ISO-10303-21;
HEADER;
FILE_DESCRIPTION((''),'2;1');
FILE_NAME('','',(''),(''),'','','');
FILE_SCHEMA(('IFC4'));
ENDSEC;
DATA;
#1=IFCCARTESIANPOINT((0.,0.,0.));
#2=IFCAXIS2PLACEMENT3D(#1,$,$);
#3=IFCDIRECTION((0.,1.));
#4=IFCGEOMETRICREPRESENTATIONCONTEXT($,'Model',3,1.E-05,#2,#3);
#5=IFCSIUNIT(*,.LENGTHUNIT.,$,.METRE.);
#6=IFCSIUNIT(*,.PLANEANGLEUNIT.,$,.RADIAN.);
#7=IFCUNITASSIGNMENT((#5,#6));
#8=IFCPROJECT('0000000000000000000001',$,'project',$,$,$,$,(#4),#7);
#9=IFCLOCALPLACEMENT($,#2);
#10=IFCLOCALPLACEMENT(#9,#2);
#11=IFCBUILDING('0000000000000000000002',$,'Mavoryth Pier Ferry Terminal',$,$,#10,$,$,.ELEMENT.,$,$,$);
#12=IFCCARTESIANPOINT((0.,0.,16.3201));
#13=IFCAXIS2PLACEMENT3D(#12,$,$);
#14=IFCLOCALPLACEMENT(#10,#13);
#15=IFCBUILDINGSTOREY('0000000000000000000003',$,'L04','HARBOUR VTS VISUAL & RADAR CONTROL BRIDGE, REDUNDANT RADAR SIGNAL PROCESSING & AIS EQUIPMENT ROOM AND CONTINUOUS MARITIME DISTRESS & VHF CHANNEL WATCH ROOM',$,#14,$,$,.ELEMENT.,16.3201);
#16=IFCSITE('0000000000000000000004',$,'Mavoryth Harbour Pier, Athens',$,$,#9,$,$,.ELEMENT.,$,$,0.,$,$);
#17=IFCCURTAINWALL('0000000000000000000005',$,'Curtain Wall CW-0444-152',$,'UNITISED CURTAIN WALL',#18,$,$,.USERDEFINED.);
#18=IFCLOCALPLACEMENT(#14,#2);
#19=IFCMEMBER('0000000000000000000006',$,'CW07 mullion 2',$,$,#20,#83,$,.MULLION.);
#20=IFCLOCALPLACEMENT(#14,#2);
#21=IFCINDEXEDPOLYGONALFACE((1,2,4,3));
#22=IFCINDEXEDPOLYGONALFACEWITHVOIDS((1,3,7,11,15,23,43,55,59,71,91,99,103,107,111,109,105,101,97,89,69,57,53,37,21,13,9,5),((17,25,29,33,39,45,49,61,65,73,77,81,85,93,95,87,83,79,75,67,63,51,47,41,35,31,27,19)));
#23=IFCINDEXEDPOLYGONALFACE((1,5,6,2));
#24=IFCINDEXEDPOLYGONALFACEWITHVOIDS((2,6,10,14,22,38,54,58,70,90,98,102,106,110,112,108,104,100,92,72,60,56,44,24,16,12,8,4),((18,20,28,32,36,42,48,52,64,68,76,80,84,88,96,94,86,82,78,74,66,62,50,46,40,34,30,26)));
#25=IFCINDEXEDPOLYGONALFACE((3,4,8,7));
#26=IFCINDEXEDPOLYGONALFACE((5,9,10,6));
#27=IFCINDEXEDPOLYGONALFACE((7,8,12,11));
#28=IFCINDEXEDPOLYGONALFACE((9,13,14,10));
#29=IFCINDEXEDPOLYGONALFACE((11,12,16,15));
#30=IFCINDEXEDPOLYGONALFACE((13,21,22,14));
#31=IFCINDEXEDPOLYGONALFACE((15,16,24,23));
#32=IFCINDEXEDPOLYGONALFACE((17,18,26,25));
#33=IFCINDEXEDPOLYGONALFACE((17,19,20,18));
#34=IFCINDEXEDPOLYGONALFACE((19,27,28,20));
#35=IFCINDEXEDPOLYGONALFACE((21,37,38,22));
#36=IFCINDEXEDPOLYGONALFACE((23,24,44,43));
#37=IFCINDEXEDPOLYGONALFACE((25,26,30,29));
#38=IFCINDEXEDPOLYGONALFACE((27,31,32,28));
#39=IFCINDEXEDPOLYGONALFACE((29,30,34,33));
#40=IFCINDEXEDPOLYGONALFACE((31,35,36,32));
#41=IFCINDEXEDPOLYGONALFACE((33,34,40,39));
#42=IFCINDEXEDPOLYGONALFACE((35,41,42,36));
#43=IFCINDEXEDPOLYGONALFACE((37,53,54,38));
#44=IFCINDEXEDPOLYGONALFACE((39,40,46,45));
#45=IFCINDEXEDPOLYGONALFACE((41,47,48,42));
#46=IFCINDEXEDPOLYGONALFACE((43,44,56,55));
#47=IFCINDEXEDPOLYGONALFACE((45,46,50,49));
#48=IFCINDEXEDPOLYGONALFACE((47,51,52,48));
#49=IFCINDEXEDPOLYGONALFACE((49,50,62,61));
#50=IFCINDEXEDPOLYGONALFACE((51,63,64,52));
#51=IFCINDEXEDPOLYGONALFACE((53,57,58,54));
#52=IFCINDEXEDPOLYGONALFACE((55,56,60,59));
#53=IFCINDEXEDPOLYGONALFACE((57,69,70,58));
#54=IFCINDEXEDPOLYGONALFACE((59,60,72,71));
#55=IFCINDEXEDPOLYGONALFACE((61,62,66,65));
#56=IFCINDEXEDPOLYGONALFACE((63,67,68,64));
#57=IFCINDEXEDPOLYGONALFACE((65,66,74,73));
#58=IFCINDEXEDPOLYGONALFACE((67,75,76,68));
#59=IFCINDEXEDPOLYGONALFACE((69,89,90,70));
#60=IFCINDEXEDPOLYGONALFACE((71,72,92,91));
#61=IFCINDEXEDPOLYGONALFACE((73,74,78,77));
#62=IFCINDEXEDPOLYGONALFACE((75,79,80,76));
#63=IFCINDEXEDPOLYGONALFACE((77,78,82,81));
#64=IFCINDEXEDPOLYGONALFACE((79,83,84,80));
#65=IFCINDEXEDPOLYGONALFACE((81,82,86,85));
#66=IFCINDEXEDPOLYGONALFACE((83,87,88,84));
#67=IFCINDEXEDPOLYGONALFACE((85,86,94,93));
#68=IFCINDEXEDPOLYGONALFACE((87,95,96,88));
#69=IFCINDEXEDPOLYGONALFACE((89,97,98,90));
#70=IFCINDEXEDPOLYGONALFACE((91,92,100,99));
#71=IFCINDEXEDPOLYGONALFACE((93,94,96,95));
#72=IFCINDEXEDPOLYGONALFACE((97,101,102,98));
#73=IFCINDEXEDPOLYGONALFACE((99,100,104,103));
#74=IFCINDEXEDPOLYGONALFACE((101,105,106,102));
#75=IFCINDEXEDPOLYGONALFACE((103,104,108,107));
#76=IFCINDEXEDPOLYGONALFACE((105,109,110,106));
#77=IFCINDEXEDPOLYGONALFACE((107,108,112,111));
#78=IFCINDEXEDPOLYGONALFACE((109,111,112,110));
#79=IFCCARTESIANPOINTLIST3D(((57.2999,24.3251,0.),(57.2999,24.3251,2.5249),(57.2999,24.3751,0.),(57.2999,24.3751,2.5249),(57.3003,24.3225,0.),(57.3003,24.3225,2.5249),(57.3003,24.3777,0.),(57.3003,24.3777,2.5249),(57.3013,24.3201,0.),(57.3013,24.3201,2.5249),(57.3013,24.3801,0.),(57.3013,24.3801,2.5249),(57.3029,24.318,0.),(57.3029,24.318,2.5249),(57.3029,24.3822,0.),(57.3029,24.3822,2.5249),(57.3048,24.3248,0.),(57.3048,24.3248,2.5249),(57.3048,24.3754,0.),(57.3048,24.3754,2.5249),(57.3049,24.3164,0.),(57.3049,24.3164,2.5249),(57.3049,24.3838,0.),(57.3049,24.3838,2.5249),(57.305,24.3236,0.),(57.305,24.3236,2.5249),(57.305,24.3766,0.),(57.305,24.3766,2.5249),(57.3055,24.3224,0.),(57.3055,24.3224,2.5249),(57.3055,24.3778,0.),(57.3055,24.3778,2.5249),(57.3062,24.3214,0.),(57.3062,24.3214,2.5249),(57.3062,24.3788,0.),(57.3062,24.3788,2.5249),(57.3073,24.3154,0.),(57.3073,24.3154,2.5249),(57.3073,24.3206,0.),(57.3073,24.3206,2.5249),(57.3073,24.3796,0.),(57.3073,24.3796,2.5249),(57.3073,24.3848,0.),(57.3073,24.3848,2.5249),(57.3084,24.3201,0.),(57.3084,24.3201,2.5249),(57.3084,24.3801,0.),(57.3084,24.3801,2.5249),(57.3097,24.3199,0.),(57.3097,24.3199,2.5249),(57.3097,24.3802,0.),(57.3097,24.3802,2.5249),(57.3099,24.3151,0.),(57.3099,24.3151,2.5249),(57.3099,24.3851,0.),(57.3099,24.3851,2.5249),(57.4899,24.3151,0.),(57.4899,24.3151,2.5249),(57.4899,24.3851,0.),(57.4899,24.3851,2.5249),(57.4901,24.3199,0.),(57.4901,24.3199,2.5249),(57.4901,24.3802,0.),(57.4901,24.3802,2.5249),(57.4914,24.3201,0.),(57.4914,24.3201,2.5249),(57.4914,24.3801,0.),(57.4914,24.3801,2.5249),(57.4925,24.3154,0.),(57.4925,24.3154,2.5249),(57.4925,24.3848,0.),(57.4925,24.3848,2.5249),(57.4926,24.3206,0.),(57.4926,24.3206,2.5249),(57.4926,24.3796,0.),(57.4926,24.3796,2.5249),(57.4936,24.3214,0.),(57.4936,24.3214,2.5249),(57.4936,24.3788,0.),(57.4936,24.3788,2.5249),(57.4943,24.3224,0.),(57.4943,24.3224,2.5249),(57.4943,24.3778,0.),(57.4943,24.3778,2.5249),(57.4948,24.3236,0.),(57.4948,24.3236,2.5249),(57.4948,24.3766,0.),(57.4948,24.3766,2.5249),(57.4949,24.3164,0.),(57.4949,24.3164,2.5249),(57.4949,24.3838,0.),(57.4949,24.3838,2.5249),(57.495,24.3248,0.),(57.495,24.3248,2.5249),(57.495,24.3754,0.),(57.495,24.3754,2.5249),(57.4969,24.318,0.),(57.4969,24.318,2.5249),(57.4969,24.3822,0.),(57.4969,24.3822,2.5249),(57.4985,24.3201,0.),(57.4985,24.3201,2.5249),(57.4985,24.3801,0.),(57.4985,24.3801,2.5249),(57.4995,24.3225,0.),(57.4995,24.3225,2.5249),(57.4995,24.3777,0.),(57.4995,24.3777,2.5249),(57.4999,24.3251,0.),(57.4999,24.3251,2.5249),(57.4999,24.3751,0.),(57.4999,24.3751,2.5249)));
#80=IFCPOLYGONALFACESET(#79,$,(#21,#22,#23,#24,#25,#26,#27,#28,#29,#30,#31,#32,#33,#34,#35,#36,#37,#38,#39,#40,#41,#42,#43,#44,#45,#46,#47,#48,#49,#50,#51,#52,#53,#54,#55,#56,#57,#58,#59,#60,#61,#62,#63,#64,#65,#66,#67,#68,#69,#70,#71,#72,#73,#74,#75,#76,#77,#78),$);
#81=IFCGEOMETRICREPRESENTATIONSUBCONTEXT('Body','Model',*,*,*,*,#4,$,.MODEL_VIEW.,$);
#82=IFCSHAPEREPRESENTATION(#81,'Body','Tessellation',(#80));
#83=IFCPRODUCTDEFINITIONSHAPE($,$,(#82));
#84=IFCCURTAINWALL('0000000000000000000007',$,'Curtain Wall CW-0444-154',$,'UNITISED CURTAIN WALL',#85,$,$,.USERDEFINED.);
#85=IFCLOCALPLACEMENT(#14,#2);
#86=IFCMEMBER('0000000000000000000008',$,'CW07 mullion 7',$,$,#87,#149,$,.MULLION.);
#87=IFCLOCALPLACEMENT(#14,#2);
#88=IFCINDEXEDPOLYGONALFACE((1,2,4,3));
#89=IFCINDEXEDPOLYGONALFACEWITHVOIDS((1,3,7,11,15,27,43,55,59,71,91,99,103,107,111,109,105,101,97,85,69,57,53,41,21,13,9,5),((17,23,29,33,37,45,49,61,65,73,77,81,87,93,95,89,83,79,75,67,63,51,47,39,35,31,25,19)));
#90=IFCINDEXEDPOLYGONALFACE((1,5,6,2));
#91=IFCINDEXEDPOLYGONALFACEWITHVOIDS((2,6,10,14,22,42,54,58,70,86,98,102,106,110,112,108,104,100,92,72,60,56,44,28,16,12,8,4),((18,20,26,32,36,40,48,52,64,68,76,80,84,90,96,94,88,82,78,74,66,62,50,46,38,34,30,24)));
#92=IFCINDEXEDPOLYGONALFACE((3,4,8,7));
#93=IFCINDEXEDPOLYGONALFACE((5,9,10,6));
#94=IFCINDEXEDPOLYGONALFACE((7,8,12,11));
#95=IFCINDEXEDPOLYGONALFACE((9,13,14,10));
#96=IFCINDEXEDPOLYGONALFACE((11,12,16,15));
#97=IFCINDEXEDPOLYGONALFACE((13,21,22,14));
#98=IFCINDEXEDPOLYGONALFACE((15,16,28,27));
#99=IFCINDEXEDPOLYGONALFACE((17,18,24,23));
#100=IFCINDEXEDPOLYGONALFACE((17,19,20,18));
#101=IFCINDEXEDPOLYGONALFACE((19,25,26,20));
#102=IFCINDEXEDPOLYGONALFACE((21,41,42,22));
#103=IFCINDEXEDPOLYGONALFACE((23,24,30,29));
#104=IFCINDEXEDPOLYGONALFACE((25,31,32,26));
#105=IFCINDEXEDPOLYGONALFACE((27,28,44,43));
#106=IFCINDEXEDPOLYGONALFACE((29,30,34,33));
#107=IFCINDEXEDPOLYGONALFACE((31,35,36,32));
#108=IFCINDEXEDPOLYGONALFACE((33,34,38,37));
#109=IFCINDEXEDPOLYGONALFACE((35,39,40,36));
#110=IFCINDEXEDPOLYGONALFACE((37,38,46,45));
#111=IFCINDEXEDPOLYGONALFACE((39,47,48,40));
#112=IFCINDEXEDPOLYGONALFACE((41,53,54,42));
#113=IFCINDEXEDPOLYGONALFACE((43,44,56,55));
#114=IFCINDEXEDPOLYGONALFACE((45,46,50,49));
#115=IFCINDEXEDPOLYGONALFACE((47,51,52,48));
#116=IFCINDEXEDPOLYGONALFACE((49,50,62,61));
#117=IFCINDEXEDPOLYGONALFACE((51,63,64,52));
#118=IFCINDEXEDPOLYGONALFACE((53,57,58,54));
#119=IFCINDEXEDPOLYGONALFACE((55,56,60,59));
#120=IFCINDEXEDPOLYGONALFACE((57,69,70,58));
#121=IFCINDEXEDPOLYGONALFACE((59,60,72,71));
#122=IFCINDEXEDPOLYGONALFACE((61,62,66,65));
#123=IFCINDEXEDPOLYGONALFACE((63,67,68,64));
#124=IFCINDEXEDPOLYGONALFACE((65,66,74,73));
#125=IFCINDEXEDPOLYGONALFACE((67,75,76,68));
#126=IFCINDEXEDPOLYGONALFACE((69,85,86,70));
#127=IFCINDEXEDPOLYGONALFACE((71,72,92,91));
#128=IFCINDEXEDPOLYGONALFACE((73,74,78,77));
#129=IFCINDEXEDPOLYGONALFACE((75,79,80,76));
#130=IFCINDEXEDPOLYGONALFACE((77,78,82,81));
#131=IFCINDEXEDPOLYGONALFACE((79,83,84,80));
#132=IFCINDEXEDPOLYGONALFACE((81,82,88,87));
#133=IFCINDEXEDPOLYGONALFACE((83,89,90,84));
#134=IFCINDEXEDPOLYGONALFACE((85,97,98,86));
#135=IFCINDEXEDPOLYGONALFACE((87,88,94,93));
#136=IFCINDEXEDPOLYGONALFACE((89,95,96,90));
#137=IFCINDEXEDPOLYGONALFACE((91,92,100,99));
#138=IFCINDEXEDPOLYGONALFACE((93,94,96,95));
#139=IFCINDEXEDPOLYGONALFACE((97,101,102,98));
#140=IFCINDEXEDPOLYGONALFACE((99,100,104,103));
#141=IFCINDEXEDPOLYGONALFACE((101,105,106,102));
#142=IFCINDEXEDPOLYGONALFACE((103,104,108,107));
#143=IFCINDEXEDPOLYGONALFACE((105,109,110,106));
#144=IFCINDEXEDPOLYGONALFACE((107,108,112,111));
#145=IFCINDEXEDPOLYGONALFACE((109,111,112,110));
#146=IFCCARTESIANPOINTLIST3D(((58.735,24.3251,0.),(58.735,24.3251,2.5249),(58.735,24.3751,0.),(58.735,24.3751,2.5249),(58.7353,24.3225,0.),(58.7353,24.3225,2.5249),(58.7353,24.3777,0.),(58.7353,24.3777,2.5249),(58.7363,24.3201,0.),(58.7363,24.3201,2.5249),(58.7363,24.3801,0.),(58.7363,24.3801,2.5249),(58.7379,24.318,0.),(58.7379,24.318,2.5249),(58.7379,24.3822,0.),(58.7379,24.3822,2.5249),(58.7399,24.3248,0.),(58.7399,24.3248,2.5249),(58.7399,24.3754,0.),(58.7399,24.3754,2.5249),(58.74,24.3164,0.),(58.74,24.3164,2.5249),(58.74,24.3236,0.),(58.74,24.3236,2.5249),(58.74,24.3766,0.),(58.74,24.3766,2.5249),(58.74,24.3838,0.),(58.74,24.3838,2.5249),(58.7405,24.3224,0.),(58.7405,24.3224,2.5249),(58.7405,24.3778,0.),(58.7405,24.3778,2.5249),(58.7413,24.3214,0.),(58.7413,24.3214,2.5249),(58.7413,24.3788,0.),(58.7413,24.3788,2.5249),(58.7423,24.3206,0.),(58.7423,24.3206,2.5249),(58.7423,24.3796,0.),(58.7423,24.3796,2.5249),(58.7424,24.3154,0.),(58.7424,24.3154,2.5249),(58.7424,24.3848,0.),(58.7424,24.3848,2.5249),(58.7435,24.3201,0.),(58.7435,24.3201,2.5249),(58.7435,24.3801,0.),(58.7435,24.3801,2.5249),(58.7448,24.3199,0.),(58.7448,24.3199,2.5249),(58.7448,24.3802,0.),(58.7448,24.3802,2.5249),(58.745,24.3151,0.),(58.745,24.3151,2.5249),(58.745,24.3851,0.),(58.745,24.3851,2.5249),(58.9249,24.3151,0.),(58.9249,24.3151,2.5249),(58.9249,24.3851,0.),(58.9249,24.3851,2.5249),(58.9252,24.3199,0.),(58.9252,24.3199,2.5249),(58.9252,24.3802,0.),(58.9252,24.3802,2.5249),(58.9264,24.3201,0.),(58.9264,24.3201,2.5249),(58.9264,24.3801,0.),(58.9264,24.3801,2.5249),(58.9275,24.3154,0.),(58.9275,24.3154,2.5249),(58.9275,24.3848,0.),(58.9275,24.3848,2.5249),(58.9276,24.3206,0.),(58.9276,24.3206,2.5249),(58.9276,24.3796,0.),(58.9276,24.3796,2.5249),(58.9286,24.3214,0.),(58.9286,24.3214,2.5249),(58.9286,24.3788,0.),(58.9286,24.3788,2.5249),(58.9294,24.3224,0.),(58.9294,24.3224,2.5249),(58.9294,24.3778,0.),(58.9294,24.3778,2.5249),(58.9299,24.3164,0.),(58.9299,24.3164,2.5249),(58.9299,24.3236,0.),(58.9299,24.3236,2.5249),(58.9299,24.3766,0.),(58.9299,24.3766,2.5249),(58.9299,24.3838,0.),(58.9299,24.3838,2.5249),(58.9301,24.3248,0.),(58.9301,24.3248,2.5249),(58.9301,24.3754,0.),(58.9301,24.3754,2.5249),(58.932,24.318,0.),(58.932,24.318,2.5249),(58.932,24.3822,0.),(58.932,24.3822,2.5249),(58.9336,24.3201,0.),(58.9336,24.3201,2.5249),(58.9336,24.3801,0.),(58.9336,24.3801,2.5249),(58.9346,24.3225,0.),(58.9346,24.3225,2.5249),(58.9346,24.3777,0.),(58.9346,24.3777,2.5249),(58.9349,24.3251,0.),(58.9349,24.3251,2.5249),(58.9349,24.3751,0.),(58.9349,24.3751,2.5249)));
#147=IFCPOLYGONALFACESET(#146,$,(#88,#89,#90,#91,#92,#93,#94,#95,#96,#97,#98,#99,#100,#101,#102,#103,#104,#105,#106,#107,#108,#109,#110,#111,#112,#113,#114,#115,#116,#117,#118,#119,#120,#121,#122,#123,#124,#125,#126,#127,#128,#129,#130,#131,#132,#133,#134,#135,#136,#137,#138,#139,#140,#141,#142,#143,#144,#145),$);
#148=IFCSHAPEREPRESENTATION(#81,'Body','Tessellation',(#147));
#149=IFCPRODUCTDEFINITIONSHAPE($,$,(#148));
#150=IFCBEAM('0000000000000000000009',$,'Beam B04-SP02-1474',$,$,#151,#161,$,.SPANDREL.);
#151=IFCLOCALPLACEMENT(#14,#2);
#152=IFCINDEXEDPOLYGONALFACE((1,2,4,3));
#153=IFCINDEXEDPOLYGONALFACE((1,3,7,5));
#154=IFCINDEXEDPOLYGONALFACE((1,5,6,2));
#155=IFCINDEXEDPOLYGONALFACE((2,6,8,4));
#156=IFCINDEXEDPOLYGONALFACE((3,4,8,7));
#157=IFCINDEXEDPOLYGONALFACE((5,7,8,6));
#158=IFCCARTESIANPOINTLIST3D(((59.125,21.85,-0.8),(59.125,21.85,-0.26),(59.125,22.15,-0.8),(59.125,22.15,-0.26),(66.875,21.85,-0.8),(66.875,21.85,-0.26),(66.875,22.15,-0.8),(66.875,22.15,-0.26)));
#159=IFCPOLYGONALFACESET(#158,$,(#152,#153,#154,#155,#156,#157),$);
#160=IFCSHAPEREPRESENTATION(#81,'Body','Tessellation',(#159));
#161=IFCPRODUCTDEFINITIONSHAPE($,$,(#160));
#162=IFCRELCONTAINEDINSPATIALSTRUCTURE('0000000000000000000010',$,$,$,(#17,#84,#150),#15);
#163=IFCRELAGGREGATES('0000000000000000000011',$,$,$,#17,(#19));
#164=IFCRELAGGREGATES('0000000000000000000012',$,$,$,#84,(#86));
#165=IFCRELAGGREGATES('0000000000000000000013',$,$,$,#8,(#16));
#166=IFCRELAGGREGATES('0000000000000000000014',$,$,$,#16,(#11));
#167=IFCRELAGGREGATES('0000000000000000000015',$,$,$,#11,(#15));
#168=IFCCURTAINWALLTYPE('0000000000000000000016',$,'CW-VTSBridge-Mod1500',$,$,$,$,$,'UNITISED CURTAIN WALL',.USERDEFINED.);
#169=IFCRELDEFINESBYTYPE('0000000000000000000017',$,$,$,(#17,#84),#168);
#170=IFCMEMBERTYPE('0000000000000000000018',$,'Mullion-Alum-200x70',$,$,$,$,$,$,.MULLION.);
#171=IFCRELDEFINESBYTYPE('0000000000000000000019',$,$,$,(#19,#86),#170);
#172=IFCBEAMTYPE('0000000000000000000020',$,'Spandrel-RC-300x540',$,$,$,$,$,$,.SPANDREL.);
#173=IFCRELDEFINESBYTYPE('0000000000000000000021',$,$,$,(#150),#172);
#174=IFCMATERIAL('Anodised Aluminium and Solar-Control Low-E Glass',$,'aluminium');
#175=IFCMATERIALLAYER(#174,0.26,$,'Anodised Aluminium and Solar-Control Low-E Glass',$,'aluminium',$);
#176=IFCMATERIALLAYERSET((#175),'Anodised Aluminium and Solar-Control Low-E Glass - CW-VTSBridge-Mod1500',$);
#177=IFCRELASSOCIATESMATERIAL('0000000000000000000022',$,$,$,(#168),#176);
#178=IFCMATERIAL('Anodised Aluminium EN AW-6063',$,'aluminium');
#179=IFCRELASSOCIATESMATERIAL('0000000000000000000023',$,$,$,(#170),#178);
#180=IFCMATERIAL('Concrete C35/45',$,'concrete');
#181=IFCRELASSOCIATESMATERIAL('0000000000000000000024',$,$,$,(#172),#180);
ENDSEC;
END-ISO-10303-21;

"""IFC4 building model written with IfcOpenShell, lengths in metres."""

from ifc_helpers import new_model, si_unit, direction, frame, origin, origin_2d, place, context, subcontext, project, spatial, rectangle, hollow_rectangle, extrude, material, layer, layer_set, material_profile, profile_set, type_object, element, aggregate, save


model = new_model("IFC4")

# Units and contexts
model_context = context("Model", 3, precision=1e-05, world=origin(), true_north=direction((0.0, 1.0)))
body_context = subcontext(model_context, "Body", "Model", "MODEL_VIEW")
ifc_project = project(units=[si_unit("LENGTHUNIT", "METRE"), si_unit("PLANEANGLEUNIT", "RADIAN")], contexts=[model_context])

# Site, building, storey
site_placement = place(None, origin())
site = spatial("IfcSite", under=ifc_project, at=site_placement, Name="Mavoryth Harbour Pier, Athens", CompositionType="ELEMENT", RefElevation=0.0)
building_placement = place(site_placement, origin())
building = spatial("IfcBuilding", under=site, at=building_placement, Name="Mavoryth Pier Ferry Terminal", CompositionType="ELEMENT")
storey_placement = place(building_placement, frame((0.0, 0.0, 16.3201)))
storey = spatial("IfcBuildingStorey", under=building, at=storey_placement, Name="L04", Description="HARBOUR VTS VISUAL & RADAR CONTROL BRIDGE, REDUNDANT RADAR SIGNAL PROCESSING & AIS EQUIPMENT ROOM AND CONTINUOUS MARITIME DISTRESS & VHF CHANNEL WATCH ROOM", CompositionType="ELEMENT", Elevation=16.3201)

# Shared definitions
ifc_material_1 = material(Name="Concrete C35/45", Category="concrete")

# Curtain wall, member
ifc_material_2 = material(Name="Anodised Aluminium and Solar-Control Low-E Glass", Category="aluminium")
ifc_layer_1 = layer(ifc_material_2, 0.26, Name="Anodised Aluminium and Solar-Control Low-E Glass", Category="aluminium")
ifc_layer_set_1 = layer_set([ifc_layer_1], Name="Anodised Aluminium and Solar-Control Low-E Glass - CW-VTSBridge-Mod1500")
curtain_wall_type = type_object("IfcCurtainWallType", Name="CW-VTSBridge-Mod1500", ElementType="UNITISED CURTAIN WALL", PredefinedType="USERDEFINED", material=ifc_layer_set_1)
curtain_wall_1_placement = place(storey_placement, origin())
curtain_wall_1 = element("IfcCurtainWall", 1, at=curtain_wall_1_placement, inside=storey, type_object=curtain_wall_type, Name="Curtain Wall CW-0444-152", ObjectType="UNITISED CURTAIN WALL", PredefinedType="USERDEFINED")
ifc_material_3 = material(Name="Anodised Aluminium EN AW-6063", Category="aluminium")
ifc_material_profile_1 = material_profile(ifc_material_3, hollow_rectangle(XDim=0.0701, YDim=0.2, WallThickness=0.0049, InnerFilletRadius=0.0049, OuterFilletRadius=0.01, at=origin_2d()), Name="AL-MULL 200x70x5", Category="aluminium")
ifc_profile_set_1 = profile_set([ifc_material_profile_1], Name="Anodised Aluminium EN AW-6063 - AL-MULL 200x70x5")
member_type_1 = type_object("IfcMemberType", Name="Mullion-Alum-200x70", PredefinedType="MULLION", material=ifc_profile_set_1)
member_1_placement = place(storey_placement, frame((57.3999, 24.3501, 0.0), z_axis=(0.0, 0.0, 1.0), x_axis=(0.0, -1.0, 0.0)))
member_1 = element("IfcMember", 2, at=member_1_placement, type_object=member_type_1, Name="CW07 mullion 2", PredefinedType="MULLION", context=body_context, shape_type="SweptSolid", body=[
    extrude(hollow_rectangle(XDim=0.0701, YDim=0.2, WallThickness=0.0049, InnerFilletRadius=0.0049, OuterFilletRadius=0.01, at=origin_2d()), origin(), (0.0, 0.0, 1.0), 2.5249),
])

# Curtain wall, member
curtain_wall_2_placement = place(storey_placement, origin())
curtain_wall_2 = element("IfcCurtainWall", 3, at=curtain_wall_2_placement, inside=storey, type_object=curtain_wall_type, Name="Curtain Wall CW-0444-154", ObjectType="UNITISED CURTAIN WALL", PredefinedType="USERDEFINED")
member_2_placement = place(storey_placement, frame((58.835, 24.3501, 0.0), z_axis=(0.0, 0.0, 1.0), x_axis=(0.0, -1.0, 0.0)))
member_2 = element("IfcMember", 4, at=member_2_placement, type_object=member_type_1, Name="CW07 mullion 7", PredefinedType="MULLION", context=body_context, shape_type="SweptSolid", body=[
    extrude(hollow_rectangle(XDim=0.0701, YDim=0.2, WallThickness=0.0049, InnerFilletRadius=0.0049, OuterFilletRadius=0.01, at=origin_2d()), origin(), (0.0, 0.0, 1.0), 2.5249),
])

# Beam
ifc_material_profile_2 = material_profile(ifc_material_1, rectangle(XDim=0.3, YDim=0.54, at=origin_2d()), Name="RC 300x540", Category="concrete")
ifc_profile_set_2 = profile_set([ifc_material_profile_2], Name="Concrete C35/45 - RC 300x540")
beam_type_1 = type_object("IfcBeamType", Name="Spandrel-RC-300x540", PredefinedType="SPANDREL", material=ifc_profile_set_2)
beam_1_placement = place(storey_placement, frame((59.125, 22.0, -0.53), z_axis=(1.0, 0.0, 0.0), x_axis=(0.0, 1.0, 0.0)))
element("IfcBeam", 5, at=beam_1_placement, inside=storey, type_object=beam_type_1, Name="Beam B04-SP02-1474", PredefinedType="SPANDREL", context=body_context, shape_type="SweptSolid", body=[
    extrude(rectangle(XDim=0.3, YDim=0.54, at=origin_2d()), origin(), (0.0, 0.0, 1.0), 7.75),
])

aggregate(curtain_wall_1, [member_1])
aggregate(curtain_wall_2, [member_2])

save(model, "model.ifc")
